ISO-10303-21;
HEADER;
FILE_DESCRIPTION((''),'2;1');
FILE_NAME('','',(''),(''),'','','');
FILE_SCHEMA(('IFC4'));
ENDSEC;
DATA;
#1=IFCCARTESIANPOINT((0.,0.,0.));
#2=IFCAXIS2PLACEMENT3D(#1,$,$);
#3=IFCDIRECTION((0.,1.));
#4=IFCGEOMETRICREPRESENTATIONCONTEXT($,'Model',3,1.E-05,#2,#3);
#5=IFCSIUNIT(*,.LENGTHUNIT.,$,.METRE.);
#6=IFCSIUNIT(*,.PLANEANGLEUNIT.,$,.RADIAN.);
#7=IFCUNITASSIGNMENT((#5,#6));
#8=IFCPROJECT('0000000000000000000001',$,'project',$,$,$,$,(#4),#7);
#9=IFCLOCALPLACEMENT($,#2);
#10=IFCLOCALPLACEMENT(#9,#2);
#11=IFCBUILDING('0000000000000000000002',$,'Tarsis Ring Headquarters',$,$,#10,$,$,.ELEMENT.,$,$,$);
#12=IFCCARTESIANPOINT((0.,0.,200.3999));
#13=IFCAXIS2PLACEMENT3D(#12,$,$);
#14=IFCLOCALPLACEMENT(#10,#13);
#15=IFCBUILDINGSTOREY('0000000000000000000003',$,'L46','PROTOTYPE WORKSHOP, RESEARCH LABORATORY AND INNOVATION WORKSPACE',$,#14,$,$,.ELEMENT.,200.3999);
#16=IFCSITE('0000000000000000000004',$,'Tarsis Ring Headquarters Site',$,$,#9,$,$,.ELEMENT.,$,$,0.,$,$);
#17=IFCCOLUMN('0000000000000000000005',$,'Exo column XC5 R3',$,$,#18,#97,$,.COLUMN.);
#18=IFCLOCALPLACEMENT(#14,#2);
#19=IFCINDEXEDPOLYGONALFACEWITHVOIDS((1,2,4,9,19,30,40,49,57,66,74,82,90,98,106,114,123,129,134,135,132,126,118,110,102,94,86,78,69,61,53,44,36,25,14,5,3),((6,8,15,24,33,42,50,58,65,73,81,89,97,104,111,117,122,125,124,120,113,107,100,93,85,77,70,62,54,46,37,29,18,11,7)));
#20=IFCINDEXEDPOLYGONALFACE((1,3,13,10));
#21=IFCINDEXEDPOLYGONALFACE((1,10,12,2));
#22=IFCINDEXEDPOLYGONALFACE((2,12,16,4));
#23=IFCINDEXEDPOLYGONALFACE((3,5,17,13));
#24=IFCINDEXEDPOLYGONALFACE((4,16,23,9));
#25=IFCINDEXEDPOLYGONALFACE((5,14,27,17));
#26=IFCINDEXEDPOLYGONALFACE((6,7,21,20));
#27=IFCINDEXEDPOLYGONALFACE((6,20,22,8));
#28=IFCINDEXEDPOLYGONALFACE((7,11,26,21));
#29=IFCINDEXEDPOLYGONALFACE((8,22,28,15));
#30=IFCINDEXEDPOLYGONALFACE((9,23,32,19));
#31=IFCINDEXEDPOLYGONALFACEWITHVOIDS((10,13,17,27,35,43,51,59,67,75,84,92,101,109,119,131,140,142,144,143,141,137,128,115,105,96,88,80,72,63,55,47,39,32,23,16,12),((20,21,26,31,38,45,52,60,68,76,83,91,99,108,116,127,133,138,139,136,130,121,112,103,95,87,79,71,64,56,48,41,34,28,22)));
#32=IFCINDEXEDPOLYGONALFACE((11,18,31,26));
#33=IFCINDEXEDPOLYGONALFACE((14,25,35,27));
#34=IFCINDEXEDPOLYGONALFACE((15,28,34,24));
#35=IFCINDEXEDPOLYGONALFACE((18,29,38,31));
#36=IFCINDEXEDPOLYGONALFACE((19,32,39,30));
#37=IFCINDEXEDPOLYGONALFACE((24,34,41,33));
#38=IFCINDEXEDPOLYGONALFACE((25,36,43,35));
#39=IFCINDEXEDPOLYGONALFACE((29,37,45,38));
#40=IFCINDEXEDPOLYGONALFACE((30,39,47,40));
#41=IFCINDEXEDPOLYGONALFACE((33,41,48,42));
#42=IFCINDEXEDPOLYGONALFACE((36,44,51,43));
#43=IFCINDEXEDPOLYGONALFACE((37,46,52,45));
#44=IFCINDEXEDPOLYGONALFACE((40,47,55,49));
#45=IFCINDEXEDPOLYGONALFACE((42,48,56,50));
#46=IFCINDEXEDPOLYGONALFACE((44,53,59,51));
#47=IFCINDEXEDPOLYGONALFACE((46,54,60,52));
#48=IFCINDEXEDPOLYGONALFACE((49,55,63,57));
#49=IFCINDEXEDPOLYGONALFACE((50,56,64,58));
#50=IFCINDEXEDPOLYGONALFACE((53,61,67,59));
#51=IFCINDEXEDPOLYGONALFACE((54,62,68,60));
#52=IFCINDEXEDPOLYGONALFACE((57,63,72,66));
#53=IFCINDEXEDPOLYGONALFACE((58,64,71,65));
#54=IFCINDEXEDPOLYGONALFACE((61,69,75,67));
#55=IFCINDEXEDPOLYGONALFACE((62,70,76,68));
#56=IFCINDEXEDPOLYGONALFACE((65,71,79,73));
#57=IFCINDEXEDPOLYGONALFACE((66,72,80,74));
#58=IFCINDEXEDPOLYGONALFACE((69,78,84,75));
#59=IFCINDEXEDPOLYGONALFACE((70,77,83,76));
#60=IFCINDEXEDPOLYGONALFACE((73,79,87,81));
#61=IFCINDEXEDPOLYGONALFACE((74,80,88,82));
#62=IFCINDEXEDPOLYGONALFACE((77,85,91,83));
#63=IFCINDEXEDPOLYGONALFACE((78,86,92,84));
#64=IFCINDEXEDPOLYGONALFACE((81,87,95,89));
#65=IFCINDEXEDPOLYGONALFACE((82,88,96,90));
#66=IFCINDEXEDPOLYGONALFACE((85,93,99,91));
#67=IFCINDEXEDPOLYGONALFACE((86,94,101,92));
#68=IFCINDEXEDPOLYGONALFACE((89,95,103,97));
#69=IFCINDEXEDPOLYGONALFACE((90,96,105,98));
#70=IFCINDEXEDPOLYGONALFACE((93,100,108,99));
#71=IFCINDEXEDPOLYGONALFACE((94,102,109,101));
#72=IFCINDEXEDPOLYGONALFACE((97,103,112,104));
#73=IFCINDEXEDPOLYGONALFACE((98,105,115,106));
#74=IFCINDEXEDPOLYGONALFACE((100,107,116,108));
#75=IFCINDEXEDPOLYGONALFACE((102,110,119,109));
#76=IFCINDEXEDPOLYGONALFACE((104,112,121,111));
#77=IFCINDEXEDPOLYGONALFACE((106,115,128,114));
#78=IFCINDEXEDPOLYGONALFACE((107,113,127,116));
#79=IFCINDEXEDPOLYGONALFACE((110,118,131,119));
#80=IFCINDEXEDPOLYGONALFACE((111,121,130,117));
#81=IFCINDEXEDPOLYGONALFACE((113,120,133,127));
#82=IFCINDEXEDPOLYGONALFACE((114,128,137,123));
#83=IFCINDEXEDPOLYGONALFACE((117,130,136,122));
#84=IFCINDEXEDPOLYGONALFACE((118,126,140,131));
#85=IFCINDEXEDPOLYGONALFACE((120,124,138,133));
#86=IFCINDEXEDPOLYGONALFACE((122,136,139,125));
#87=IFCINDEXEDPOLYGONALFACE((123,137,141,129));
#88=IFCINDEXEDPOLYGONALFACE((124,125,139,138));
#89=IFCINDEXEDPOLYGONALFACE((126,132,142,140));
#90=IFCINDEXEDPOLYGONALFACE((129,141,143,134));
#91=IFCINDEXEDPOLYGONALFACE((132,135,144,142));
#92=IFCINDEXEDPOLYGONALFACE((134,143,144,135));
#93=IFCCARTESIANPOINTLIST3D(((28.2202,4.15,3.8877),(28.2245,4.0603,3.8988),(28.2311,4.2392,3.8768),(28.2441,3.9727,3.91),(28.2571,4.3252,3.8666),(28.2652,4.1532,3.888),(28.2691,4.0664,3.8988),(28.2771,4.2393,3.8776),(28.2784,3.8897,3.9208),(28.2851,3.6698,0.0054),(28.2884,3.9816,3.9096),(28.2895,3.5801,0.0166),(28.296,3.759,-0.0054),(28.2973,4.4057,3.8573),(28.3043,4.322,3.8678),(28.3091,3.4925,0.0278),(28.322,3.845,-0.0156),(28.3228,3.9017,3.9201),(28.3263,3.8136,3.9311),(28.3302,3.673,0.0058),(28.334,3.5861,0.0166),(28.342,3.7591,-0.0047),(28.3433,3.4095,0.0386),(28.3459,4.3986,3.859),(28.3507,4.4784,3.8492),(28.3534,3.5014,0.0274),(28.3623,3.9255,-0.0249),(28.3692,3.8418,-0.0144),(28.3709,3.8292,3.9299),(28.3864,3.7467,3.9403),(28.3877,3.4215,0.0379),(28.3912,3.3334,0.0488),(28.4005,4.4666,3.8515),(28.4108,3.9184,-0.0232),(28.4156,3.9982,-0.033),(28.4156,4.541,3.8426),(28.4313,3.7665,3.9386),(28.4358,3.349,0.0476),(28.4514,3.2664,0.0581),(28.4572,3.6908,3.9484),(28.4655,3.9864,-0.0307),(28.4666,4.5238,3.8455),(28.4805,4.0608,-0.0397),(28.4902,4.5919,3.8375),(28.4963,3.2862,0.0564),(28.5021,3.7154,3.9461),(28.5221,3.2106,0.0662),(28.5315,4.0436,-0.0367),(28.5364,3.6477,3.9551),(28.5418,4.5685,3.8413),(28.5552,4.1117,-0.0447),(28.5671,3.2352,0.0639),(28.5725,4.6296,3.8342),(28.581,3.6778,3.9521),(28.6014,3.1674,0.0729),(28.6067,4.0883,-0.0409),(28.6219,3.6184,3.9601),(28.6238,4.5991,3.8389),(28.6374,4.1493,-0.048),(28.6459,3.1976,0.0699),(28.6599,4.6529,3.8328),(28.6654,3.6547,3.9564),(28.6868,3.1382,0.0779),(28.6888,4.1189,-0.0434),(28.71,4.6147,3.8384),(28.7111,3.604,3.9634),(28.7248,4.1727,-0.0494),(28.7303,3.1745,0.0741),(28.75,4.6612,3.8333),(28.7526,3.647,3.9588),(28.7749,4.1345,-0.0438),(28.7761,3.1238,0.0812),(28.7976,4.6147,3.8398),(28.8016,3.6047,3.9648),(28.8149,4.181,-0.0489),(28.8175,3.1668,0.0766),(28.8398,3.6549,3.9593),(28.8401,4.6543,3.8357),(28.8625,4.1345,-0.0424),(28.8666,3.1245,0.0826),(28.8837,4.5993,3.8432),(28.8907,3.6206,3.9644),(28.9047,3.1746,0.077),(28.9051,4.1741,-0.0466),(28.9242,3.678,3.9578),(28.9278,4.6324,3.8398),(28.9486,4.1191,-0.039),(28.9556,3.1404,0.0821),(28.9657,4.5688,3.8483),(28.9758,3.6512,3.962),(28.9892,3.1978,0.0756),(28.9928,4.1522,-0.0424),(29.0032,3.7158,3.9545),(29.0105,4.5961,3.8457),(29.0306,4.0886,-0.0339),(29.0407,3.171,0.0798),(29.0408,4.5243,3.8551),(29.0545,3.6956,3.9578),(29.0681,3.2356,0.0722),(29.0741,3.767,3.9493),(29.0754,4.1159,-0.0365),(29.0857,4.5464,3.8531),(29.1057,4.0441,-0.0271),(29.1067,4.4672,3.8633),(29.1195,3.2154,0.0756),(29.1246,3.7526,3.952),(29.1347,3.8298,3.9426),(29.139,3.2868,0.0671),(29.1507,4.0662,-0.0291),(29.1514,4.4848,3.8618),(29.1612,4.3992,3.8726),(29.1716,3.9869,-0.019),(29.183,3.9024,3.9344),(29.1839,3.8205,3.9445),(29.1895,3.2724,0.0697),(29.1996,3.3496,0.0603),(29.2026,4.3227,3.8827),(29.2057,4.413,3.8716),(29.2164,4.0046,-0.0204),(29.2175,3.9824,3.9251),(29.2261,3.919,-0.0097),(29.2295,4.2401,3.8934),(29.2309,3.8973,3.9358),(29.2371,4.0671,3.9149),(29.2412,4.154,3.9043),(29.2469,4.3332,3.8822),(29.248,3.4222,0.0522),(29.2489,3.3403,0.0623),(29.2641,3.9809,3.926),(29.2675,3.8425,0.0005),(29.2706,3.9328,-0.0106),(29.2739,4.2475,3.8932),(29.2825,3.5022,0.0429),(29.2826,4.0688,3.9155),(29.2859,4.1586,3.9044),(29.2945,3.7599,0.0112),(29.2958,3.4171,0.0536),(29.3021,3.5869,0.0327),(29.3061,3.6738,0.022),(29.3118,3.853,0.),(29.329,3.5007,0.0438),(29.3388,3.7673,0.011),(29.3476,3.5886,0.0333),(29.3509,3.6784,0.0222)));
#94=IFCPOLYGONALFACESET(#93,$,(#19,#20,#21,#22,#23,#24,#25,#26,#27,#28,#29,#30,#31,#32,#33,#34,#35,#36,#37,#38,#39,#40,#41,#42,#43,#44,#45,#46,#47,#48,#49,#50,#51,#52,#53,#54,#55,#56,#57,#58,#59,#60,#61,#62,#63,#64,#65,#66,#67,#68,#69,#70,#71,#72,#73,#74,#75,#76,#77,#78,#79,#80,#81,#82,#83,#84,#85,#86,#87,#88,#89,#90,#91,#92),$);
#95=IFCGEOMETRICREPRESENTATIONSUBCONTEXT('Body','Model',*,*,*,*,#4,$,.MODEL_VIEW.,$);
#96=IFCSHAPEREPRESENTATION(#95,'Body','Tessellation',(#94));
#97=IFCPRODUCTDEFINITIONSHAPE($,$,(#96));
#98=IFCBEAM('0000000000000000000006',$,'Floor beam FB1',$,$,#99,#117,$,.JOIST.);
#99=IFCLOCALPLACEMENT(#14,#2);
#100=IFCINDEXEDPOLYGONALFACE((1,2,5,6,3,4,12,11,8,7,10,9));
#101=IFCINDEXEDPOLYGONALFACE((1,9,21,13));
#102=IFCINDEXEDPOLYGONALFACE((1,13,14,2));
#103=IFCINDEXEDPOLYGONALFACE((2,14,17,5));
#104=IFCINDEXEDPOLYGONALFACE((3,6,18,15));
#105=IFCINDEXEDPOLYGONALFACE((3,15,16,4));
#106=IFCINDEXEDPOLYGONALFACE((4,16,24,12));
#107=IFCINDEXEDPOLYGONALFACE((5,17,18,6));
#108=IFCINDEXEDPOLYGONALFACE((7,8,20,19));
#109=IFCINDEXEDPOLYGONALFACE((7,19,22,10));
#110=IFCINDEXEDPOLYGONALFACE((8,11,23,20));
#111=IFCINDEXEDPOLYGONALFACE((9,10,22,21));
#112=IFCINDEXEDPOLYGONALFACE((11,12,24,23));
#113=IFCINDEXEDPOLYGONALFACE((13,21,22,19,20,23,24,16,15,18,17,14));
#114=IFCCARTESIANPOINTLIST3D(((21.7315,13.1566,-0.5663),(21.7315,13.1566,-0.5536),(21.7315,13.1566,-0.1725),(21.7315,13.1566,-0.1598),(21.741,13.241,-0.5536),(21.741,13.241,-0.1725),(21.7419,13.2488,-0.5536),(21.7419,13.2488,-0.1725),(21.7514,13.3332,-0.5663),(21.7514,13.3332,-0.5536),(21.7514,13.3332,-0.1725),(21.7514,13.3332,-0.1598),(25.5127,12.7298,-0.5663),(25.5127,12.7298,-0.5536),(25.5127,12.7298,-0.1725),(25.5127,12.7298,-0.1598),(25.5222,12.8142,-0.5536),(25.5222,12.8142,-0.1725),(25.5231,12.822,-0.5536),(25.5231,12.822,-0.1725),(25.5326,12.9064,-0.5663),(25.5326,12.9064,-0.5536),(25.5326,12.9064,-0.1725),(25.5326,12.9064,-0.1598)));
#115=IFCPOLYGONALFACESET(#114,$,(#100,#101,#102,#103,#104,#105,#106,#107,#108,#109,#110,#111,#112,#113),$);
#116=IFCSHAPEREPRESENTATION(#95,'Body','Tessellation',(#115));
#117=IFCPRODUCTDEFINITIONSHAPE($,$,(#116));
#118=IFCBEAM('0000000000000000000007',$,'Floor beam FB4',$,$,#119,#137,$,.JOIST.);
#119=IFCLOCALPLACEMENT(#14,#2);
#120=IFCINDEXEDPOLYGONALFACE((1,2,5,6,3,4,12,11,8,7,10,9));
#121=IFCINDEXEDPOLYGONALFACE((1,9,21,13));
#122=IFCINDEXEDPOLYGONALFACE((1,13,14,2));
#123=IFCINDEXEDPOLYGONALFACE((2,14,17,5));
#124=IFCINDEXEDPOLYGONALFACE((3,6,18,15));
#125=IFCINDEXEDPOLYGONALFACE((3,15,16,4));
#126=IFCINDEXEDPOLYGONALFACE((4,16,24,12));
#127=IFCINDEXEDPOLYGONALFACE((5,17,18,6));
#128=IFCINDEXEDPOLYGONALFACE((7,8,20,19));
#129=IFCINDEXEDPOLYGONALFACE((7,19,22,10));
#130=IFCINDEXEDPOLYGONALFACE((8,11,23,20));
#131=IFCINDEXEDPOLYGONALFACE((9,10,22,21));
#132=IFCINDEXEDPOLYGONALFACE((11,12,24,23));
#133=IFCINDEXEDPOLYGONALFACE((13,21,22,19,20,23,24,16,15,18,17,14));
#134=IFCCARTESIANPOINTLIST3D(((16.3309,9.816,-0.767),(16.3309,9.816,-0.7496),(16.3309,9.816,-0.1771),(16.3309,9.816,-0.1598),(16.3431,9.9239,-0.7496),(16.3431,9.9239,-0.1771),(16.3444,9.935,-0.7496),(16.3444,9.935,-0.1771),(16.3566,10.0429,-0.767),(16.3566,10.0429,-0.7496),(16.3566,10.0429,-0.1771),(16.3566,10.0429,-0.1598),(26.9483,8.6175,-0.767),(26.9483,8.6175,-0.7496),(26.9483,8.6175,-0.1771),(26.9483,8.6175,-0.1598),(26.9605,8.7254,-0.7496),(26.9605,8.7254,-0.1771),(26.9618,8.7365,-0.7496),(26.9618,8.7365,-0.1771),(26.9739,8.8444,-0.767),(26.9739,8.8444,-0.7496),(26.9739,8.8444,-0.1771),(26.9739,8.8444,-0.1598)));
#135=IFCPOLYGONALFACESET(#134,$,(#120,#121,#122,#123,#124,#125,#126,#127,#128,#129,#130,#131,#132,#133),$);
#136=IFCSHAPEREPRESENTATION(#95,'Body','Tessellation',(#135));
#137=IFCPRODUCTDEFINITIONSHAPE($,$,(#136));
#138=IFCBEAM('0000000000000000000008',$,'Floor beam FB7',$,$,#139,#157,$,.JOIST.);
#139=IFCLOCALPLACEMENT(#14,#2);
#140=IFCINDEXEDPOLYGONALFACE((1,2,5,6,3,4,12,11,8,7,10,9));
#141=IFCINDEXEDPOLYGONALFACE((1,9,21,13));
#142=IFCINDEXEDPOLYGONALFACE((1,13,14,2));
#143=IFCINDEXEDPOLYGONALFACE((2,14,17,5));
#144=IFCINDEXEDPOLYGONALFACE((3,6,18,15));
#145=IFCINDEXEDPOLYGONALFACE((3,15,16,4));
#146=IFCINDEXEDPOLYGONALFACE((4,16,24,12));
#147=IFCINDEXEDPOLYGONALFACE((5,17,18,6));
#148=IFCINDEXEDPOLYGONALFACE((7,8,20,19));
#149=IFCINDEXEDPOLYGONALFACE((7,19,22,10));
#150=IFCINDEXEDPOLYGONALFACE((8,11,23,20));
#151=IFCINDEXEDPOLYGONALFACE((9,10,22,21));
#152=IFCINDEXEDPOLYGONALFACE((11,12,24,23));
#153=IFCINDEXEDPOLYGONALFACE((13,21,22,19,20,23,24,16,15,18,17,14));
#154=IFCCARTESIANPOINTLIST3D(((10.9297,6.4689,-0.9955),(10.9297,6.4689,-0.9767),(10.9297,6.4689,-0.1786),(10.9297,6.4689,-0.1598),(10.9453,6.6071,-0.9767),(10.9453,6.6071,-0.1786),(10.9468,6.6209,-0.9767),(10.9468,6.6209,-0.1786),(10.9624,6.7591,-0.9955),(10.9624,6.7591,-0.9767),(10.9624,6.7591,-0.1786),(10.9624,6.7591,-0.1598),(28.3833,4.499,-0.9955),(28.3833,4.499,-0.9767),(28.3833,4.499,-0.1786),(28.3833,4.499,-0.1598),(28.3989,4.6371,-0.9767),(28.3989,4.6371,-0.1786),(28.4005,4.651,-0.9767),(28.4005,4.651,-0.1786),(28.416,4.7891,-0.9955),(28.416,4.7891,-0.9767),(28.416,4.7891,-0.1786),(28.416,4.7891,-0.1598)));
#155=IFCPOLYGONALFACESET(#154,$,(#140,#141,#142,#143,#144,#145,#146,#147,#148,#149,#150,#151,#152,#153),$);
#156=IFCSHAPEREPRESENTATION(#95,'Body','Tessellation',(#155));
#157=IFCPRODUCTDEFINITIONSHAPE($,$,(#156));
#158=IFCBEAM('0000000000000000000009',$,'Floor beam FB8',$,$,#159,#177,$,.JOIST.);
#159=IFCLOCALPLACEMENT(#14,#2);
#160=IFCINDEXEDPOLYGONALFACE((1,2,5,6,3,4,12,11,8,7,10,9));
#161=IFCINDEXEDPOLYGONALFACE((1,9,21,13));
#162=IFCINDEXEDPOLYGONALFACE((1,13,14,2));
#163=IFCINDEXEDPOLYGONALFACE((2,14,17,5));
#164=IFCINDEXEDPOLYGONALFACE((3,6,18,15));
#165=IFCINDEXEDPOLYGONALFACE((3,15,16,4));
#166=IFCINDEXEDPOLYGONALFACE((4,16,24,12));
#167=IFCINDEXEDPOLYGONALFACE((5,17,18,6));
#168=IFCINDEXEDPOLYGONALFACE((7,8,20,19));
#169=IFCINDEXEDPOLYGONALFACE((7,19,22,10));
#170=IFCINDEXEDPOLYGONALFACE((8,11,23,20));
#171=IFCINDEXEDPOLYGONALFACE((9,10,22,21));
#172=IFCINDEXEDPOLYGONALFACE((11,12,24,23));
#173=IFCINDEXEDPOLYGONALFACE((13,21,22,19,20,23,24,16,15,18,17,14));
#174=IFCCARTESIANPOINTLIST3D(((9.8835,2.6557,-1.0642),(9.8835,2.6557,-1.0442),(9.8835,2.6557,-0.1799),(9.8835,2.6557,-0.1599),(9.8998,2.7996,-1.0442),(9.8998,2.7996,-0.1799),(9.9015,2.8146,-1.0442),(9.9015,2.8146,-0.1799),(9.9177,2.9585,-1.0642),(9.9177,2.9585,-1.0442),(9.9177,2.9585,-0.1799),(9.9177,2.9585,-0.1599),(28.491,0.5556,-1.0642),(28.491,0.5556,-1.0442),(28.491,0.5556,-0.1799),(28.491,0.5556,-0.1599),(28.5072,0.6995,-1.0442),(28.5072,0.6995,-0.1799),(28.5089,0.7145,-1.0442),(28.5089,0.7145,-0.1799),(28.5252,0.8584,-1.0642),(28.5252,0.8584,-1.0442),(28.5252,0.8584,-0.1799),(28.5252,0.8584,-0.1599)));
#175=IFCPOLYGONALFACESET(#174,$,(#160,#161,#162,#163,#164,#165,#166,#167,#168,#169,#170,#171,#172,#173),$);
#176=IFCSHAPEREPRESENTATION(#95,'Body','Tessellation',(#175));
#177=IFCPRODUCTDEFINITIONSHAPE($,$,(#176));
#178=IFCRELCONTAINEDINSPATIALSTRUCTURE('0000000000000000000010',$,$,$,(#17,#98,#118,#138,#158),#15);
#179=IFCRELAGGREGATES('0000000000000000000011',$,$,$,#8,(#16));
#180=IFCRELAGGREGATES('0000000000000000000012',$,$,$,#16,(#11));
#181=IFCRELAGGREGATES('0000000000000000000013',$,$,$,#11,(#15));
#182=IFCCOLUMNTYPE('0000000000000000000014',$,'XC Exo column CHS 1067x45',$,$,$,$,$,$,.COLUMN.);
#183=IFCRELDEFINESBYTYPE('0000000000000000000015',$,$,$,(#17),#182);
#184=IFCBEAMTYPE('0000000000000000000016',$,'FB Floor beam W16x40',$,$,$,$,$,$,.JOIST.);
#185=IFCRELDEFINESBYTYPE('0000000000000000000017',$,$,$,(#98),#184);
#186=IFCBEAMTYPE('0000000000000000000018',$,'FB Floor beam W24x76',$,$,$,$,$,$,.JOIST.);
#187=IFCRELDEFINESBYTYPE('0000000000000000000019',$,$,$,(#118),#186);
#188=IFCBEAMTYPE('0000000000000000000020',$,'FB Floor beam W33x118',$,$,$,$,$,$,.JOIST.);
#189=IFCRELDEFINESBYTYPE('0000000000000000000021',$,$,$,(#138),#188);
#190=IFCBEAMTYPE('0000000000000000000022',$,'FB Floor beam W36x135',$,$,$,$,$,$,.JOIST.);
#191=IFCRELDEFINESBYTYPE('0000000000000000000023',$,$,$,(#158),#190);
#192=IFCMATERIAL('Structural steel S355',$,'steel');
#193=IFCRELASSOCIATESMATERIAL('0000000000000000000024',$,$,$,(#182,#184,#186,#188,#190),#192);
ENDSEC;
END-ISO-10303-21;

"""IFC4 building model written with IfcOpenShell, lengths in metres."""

from ifc_helpers import new_model, si_unit, direction, frame, origin, origin_2d, place, context, subcontext, project, spatial, hollow_circle, i_section, extrude, material, material_profile, profile_set, type_object, element, save


model = new_model("IFC4")

# Units and contexts
model_context = context("Model", 3, precision=1e-05, world=origin(), true_north=direction((0.0, 1.0)))
body_context = subcontext(model_context, "Body", "Model", "MODEL_VIEW")
ifc_project = project(units=[si_unit("LENGTHUNIT", "METRE"), si_unit("PLANEANGLEUNIT", "RADIAN")], contexts=[model_context])

# Site, building, storey
site_placement = place(None, origin())
site = spatial("IfcSite", under=ifc_project, at=site_placement, Name="Tarsis Ring Headquarters Site", CompositionType="ELEMENT", RefElevation=0.0)
building_placement = place(site_placement, origin())
building = spatial("IfcBuilding", under=site, at=building_placement, Name="Tarsis Ring Headquarters", CompositionType="ELEMENT")
storey_placement = place(building_placement, frame((0.0, 0.0, 200.3999)))
storey = spatial("IfcBuildingStorey", under=building, at=storey_placement, Name="L46", Description="PROTOTYPE WORKSHOP, RESEARCH LABORATORY AND INNOVATION WORKSPACE", CompositionType="ELEMENT", Elevation=200.3999)

# Column
ifc_material_1 = material(Name="Structural steel S355", Category="steel")
ifc_material_profile_1 = material_profile(ifc_material_1, hollow_circle(Radius=0.5334, WallThickness=0.0449, at=origin_2d()), Name="CHS 1067x45")
ifc_profile_set_1 = profile_set([ifc_material_profile_1], Name="Structural steel S355")
column_type = type_object("IfcColumnType", Name="XC Exo column CHS 1067x45", PredefinedType="COLUMN", material=ifc_profile_set_1)
column_placement = place(storey_placement, frame((28.8181, 3.6516, 0.0166), z_axis=(-0.016599, 0.122743, 0.9923), x_axis=(-0.99098, -0.134012, 0.0)))
element("IfcColumn", 1, at=column_placement, inside=storey, type_object=column_type, Name="Exo column XC5 R3", PredefinedType="COLUMN", context=body_context, shape_type="SweptSolid", body=[
    extrude(hollow_circle(Radius=0.5334, WallThickness=0.0449, at=origin_2d()), origin(), (0.0, 0.0, 1.0), 3.9124),
])

# Beams
ifc_material_profile_2 = material_profile(ifc_material_1, i_section(OverallWidth=0.1777, OverallDepth=0.4065, WebThickness=0.0078, FlangeThickness=0.0127, at=origin_2d()), Name="W16x40")
ifc_profile_set_2 = profile_set([ifc_material_profile_2], Name="Structural steel S355")
beam_type_1 = type_object("IfcBeamType", Name="FB Floor beam W16x40", PredefinedType="JOIST", material=ifc_profile_set_2)
beam_1_placement = place(storey_placement, frame((21.7415, 13.2449, -0.363), z_axis=(0.993691, -0.11215, 0.0), x_axis=(0.11215, 0.993691, 0.0)))
element("IfcBeam", 2, at=beam_1_placement, inside=storey, type_object=beam_type_1, Name="Floor beam FB1", PredefinedType="JOIST", context=body_context, shape_type="SweptSolid", body=[
    extrude(i_section(OverallWidth=0.1777, OverallDepth=0.4065, WebThickness=0.0078, FlangeThickness=0.0127, at=origin_2d()), origin(), (0.0, 0.0, 1.0), 3.8052),
])
ifc_material_profile_3 = material_profile(ifc_material_1, i_section(OverallWidth=0.2283, OverallDepth=0.6072, WebThickness=0.0112, FlangeThickness=0.0173, at=origin_2d()), Name="W24x76")
ifc_profile_set_3 = profile_set([ifc_material_profile_3], Name="Structural steel S355")
beam_type_2 = type_object("IfcBeamType", Name="FB Floor beam W24x76", PredefinedType="JOIST", material=ifc_profile_set_3)
beam_2_placement = place(storey_placement, frame((16.3438, 9.9294, -0.4634), z_axis=(0.993689, -0.112167, 0.0), x_axis=(0.112167, 0.993689, 0.0)))
element("IfcBeam", 3, at=beam_2_placement, inside=storey, type_object=beam_type_2, Name="Floor beam FB4", PredefinedType="JOIST", context=body_context, shape_type="SweptSolid", body=[
    extrude(i_section(OverallWidth=0.2283, OverallDepth=0.6072, WebThickness=0.0112, FlangeThickness=0.0173, at=origin_2d()), origin(), (0.0, 0.0, 1.0), 10.6848),
])
ifc_material_profile_4 = material_profile(ifc_material_1, i_section(OverallWidth=0.292, OverallDepth=0.8357, WebThickness=0.0139, FlangeThickness=0.0188, at=origin_2d()), Name="W33x118")
ifc_profile_set_4 = profile_set([ifc_material_profile_4], Name="Structural steel S355")
beam_type_3 = type_object("IfcBeamType", Name="FB Floor beam W33x118", PredefinedType="JOIST", material=ifc_profile_set_4)
beam_3_placement = place(storey_placement, frame((10.946, 6.614, -0.5776), z_axis=(0.993691, -0.112157, 0.0), x_axis=(0.112157, 0.993691, 0.0)))
element("IfcBeam", 4, at=beam_3_placement, inside=storey, type_object=beam_type_3, Name="Floor beam FB7", PredefinedType="JOIST", context=body_context, shape_type="SweptSolid", body=[
    extrude(i_section(OverallWidth=0.292, OverallDepth=0.8357, WebThickness=0.0139, FlangeThickness=0.0188, at=origin_2d()), origin(), (0.0, 0.0, 1.0), 17.5645),
])
ifc_material_profile_5 = material_profile(ifc_material_1, i_section(OverallWidth=0.3047, OverallDepth=0.9043, WebThickness=0.0151, FlangeThickness=0.02, at=origin_2d()), Name="W36x135")
ifc_profile_set_5 = profile_set([ifc_material_profile_5], Name="Structural steel S355")
beam_type_4 = type_object("IfcBeamType", Name="FB Floor beam W36x135", PredefinedType="JOIST", material=ifc_profile_set_5)
beam_4_placement = place(storey_placement, frame((9.9006, 2.8071, -0.6121), z_axis=(0.993691, -0.112151, 0.0), x_axis=(0.112151, 0.993691, 0.0)))
element("IfcBeam", 5, at=beam_4_placement, inside=storey, type_object=beam_type_4, Name="Floor beam FB8", PredefinedType="JOIST", context=body_context, shape_type="SweptSolid", body=[
    extrude(i_section(OverallWidth=0.3047, OverallDepth=0.9043, WebThickness=0.0151, FlangeThickness=0.02, at=origin_2d()), origin(), (0.0, 0.0, 1.0), 18.7256),
])

save(model, "model.ifc")
